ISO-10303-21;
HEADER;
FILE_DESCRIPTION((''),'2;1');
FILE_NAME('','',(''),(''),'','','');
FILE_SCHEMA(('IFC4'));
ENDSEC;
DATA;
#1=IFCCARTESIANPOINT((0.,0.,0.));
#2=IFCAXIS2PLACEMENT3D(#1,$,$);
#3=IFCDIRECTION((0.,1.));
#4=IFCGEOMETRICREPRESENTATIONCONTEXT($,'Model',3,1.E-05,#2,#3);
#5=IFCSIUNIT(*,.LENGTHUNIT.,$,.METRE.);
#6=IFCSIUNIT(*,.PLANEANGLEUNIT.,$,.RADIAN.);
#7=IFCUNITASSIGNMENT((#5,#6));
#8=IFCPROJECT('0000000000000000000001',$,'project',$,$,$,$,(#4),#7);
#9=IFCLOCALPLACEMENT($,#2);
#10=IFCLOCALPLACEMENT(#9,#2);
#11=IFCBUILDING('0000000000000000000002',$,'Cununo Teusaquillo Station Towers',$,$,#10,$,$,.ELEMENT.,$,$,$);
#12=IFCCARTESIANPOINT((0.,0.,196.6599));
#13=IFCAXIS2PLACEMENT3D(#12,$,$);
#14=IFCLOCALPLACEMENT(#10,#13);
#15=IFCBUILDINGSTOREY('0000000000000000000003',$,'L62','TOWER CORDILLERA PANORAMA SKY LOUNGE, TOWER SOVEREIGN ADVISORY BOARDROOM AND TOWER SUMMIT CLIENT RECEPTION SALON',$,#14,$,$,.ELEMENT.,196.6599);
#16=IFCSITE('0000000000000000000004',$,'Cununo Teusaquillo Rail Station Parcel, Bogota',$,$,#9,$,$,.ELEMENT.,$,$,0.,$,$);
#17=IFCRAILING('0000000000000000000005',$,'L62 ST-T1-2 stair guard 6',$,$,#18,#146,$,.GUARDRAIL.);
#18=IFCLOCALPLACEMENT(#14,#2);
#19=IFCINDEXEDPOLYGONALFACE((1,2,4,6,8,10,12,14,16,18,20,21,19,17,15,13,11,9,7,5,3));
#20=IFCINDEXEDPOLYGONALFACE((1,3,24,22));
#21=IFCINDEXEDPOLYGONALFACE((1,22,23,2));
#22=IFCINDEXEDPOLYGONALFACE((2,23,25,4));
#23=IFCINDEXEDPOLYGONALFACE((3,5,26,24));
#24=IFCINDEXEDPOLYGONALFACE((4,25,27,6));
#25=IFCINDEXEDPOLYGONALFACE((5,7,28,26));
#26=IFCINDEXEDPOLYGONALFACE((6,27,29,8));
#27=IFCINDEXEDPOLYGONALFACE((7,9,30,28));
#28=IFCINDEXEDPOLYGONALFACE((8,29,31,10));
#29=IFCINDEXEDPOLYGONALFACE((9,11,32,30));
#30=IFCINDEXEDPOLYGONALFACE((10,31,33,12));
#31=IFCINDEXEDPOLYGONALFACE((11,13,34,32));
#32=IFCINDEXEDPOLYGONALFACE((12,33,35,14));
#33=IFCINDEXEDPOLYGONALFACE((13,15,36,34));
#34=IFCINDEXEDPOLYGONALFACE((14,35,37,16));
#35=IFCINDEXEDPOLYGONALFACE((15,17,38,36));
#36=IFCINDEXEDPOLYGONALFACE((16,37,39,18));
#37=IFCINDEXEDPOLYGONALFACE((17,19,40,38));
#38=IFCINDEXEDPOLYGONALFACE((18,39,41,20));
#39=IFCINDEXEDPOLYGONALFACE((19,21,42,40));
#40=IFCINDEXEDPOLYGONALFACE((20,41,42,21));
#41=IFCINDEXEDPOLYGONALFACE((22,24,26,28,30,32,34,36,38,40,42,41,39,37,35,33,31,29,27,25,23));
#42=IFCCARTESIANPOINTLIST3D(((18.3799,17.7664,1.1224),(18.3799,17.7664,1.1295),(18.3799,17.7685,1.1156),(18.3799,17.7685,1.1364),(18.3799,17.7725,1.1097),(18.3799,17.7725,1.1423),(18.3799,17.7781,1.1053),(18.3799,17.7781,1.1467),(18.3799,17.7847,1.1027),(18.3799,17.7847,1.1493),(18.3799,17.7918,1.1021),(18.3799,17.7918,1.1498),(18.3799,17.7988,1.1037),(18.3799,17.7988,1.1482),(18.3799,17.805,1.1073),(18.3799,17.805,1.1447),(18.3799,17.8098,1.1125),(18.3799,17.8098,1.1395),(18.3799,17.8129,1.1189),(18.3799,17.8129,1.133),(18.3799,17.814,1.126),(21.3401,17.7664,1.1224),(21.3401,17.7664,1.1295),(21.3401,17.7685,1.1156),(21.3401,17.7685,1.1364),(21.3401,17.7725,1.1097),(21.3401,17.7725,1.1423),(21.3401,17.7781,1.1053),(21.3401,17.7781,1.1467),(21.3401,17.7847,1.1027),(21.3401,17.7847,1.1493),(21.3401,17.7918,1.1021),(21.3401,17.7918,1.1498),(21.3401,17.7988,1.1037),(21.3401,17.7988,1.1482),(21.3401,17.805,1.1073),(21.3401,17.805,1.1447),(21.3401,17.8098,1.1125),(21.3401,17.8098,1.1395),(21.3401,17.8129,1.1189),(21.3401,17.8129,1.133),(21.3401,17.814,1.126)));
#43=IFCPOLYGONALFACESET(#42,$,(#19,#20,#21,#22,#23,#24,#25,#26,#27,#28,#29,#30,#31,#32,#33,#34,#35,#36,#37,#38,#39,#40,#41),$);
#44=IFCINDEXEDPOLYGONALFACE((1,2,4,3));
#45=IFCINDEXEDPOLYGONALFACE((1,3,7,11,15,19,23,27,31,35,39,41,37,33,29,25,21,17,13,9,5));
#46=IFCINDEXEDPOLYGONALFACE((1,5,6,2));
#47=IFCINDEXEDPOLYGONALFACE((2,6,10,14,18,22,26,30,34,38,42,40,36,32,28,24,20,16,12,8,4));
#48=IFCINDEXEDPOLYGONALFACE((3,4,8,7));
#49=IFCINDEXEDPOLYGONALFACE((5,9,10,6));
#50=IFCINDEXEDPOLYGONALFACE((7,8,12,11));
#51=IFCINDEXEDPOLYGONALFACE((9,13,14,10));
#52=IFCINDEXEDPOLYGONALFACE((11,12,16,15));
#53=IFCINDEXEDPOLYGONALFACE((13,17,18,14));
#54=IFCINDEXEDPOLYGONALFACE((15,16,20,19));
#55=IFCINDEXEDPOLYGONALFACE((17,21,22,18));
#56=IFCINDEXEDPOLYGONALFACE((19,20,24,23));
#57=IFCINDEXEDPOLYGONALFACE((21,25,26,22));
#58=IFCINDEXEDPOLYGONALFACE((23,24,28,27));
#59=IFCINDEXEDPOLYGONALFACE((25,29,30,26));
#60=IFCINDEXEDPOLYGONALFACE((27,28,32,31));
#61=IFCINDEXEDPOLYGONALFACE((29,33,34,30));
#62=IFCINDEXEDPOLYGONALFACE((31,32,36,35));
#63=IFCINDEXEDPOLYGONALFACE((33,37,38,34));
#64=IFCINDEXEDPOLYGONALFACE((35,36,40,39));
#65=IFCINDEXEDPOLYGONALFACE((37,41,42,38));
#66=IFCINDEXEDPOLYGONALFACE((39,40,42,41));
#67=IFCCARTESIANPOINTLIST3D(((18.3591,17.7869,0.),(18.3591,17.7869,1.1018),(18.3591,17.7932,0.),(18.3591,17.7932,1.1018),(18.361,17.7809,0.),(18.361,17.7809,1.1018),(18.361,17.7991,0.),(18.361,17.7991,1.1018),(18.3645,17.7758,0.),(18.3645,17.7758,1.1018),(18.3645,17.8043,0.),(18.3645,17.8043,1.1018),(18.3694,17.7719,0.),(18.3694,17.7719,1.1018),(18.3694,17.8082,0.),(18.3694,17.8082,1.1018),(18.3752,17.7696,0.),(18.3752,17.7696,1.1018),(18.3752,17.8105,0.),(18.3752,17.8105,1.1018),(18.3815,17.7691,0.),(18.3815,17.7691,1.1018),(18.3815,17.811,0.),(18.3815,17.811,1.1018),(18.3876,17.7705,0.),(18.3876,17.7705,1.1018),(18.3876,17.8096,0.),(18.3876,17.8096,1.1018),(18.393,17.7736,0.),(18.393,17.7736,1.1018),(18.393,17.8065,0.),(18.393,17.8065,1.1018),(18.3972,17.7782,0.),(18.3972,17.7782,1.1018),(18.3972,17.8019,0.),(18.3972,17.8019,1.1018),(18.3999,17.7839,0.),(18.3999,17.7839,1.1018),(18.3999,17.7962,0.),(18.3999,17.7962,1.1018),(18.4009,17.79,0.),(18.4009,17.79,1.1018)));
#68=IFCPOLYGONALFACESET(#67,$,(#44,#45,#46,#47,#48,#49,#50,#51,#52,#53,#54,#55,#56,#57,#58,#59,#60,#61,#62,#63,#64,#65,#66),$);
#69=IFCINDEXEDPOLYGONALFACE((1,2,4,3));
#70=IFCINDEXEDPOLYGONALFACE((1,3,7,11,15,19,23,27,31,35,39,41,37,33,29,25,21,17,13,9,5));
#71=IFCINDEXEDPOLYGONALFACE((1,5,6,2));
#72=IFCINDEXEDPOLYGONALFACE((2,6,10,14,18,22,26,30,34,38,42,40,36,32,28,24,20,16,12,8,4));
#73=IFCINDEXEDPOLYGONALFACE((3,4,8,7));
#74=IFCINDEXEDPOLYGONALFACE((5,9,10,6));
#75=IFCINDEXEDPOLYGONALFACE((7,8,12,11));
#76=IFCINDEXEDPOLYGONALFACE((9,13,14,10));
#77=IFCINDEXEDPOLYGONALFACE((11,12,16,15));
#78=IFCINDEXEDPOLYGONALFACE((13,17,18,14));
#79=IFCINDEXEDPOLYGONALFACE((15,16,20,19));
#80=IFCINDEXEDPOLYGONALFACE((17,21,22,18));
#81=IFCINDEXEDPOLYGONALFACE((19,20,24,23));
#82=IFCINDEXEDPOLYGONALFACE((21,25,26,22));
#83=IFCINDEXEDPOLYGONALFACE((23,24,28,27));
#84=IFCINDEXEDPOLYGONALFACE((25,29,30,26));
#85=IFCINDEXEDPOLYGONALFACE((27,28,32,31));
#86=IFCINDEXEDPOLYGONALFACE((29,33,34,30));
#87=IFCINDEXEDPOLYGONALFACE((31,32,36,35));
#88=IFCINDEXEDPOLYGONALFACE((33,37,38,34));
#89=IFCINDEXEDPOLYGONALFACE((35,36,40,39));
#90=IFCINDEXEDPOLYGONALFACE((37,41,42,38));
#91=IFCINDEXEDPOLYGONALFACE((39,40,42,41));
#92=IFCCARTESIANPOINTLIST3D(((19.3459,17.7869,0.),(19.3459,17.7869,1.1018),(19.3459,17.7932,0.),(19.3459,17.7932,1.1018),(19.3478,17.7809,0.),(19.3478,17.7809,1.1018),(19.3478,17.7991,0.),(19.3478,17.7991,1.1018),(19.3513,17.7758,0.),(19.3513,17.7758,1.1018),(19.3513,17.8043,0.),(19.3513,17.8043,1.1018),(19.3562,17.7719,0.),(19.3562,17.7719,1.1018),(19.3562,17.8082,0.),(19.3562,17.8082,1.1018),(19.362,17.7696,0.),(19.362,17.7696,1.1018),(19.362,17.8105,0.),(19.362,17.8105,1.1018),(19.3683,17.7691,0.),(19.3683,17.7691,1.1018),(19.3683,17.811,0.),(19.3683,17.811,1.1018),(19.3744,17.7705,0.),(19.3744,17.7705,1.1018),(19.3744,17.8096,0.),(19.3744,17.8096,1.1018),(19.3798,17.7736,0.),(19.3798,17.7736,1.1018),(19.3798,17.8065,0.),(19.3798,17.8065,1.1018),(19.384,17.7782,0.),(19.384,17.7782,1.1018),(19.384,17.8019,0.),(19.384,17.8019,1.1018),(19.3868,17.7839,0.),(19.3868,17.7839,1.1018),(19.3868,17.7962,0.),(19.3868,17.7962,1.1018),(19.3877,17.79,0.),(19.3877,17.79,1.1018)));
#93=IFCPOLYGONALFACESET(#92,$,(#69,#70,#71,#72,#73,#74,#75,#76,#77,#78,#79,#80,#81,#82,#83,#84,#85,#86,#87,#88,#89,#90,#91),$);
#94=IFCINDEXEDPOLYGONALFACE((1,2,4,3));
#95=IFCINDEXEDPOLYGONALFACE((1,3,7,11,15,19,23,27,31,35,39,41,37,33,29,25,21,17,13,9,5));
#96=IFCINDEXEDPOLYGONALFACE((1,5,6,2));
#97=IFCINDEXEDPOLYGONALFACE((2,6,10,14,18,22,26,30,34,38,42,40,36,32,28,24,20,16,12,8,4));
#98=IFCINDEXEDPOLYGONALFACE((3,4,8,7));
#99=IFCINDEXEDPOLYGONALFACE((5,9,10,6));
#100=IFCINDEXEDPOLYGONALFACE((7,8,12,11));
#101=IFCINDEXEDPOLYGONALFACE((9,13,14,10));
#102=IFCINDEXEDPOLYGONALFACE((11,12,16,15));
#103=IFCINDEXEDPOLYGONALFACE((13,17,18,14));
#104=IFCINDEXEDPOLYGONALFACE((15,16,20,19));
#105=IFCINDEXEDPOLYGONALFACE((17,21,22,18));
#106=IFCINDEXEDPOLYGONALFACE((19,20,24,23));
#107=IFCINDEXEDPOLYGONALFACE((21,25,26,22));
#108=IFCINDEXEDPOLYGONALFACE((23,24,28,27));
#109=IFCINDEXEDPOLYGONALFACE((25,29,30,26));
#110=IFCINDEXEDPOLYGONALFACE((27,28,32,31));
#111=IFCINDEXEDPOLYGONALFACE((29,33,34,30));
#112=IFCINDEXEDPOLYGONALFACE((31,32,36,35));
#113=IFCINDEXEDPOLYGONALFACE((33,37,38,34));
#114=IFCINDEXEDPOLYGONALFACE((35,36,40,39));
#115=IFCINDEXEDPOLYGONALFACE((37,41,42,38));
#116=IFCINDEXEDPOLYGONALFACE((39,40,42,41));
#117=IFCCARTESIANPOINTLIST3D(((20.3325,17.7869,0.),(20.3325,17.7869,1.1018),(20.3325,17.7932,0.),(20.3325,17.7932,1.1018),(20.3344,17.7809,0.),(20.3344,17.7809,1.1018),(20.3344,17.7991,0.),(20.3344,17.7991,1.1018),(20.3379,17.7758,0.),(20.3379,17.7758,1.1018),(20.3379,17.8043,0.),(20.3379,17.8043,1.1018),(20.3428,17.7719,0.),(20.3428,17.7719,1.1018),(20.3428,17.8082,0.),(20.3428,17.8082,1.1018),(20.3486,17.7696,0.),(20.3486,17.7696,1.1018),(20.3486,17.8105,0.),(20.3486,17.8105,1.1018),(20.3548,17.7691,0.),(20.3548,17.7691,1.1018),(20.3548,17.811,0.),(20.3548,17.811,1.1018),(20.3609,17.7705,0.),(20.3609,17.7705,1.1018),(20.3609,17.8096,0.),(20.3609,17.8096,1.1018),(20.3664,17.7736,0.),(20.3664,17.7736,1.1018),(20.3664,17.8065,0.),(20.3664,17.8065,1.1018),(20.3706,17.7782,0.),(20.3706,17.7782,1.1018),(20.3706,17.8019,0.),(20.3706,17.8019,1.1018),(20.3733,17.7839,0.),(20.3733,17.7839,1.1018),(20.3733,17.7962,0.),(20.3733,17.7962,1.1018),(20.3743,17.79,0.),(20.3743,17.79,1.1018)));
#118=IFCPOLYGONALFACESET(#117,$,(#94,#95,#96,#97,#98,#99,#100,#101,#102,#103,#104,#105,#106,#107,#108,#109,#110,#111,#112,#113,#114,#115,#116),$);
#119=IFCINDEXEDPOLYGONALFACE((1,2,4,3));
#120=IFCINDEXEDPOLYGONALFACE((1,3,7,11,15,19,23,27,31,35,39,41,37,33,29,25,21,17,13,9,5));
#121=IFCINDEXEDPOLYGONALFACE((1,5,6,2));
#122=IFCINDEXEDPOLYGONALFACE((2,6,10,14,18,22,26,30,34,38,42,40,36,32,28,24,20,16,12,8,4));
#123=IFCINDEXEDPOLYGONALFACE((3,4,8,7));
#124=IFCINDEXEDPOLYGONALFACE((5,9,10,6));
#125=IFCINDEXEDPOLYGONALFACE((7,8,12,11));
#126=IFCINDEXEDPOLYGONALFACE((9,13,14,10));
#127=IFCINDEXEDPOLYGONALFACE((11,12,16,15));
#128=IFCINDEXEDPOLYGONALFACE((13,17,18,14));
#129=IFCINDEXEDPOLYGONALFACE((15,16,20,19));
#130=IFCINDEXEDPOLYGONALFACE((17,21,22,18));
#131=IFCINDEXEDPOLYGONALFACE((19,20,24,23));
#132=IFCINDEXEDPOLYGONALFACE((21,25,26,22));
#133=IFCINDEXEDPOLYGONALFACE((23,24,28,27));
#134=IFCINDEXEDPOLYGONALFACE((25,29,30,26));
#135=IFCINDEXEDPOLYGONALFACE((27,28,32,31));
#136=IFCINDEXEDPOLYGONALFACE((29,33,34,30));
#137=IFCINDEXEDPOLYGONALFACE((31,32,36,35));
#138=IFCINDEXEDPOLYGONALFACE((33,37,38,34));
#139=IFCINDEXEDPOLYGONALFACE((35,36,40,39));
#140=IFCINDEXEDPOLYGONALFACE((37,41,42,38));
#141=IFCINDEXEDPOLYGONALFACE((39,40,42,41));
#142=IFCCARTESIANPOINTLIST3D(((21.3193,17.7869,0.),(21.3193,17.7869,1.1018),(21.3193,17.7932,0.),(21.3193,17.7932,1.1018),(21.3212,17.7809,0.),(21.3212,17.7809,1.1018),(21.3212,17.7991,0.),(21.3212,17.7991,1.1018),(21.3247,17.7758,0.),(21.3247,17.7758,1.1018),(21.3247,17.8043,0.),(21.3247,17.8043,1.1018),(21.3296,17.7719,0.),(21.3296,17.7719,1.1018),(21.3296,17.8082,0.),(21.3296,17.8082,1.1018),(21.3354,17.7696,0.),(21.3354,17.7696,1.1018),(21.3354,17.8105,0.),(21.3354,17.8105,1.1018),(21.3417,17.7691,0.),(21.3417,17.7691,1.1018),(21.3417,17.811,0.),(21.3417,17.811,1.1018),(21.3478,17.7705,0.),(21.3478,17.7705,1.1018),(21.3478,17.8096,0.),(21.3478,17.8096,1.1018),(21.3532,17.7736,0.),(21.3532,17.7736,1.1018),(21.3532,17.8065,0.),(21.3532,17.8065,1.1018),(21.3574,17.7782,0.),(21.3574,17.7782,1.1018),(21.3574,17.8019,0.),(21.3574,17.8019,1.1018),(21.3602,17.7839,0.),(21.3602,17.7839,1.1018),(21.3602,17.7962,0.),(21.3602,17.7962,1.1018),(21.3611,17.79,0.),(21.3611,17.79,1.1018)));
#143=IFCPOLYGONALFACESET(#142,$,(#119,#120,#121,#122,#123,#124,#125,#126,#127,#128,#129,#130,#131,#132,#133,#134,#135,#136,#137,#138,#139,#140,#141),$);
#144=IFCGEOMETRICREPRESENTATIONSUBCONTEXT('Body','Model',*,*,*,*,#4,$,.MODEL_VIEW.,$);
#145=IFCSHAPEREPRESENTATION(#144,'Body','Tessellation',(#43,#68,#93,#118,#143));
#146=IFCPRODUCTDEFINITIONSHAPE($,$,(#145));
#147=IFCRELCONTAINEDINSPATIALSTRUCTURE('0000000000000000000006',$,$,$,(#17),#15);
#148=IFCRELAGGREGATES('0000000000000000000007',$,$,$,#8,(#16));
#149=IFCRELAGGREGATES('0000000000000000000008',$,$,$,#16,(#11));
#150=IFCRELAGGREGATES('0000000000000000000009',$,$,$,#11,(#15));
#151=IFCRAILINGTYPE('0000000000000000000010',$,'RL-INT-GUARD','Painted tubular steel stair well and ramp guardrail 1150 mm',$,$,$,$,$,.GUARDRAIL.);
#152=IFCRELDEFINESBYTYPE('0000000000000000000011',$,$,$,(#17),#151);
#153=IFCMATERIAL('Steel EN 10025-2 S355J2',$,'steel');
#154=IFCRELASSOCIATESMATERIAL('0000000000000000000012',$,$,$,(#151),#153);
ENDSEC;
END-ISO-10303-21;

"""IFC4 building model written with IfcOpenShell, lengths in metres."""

from ifc_helpers import new_model, si_unit, direction, frame, origin, origin_2d, place, context, subcontext, project, spatial, circle, extrude, material, type_object, element, save


model = new_model("IFC4")

# Units and contexts
model_context = context("Model", 3, precision=1e-05, world=origin(), true_north=direction((0.0, 1.0)))
body_context = subcontext(model_context, "Body", "Model", "MODEL_VIEW")
ifc_project = project(units=[si_unit("LENGTHUNIT", "METRE"), si_unit("PLANEANGLEUNIT", "RADIAN")], contexts=[model_context])

# Site, building, storey
site_placement = place(None, origin())
site = spatial("IfcSite", under=ifc_project, at=site_placement, Name="Cununo Teusaquillo Rail Station Parcel, Bogota", CompositionType="ELEMENT", RefElevation=0.0)
building_placement = place(site_placement, origin())
building = spatial("IfcBuilding", under=site, at=building_placement, Name="Cununo Teusaquillo Station Towers", CompositionType="ELEMENT")
storey_placement = place(building_placement, frame((0.0, 0.0, 196.6599)))
storey = spatial("IfcBuildingStorey", under=building, at=storey_placement, Name="L62", Description="TOWER CORDILLERA PANORAMA SKY LOUNGE, TOWER SOVEREIGN ADVISORY BOARDROOM AND TOWER SUMMIT CLIENT RECEPTION SALON", CompositionType="ELEMENT", Elevation=196.6599)

# Railing
ifc_material_1 = material(Name="Steel EN 10025-2 S355J2", Category="steel")
railing_type_1 = type_object("IfcRailingType", Name="RL-INT-GUARD", Description="Painted tubular steel stair well and ramp guardrail 1150 mm", PredefinedType="GUARDRAIL", material=ifc_material_1)
railing_1_placement = place(storey_placement, frame((18.3799, 17.79, 0.0)))
element("IfcRailing", 1, at=railing_1_placement, inside=storey, type_object=railing_type_1, Name="L62 ST-T1-2 stair guard 6", PredefinedType="GUARDRAIL", context=body_context, shape_type="SweptSolid", body=[
    extrude(circle(Radius=0.0239, at=origin_2d()), frame((0.0, 0.0, 1.126), z_axis=(1.0, 0.0, 0.0), x_axis=(0.0, 1.0, 0.0)), (0.0, 0.0, 1.0), 2.9602),
    extrude(circle(Radius=0.021, at=origin_2d()), origin(), (0.0, 0.0, 1.0), 1.1018),
    extrude(circle(Radius=0.021, at=origin_2d()), frame((0.9868, 0.0, 0.0)), (0.0, 0.0, 1.0), 1.1018),
    extrude(circle(Radius=0.021, at=origin_2d()), frame((1.9734, 0.0, 0.0)), (0.0, 0.0, 1.0), 1.1018),
    extrude(circle(Radius=0.021, at=origin_2d()), frame((2.9602, 0.0, 0.0)), (0.0, 0.0, 1.0), 1.1018),
])

save(model, "model.ifc")
